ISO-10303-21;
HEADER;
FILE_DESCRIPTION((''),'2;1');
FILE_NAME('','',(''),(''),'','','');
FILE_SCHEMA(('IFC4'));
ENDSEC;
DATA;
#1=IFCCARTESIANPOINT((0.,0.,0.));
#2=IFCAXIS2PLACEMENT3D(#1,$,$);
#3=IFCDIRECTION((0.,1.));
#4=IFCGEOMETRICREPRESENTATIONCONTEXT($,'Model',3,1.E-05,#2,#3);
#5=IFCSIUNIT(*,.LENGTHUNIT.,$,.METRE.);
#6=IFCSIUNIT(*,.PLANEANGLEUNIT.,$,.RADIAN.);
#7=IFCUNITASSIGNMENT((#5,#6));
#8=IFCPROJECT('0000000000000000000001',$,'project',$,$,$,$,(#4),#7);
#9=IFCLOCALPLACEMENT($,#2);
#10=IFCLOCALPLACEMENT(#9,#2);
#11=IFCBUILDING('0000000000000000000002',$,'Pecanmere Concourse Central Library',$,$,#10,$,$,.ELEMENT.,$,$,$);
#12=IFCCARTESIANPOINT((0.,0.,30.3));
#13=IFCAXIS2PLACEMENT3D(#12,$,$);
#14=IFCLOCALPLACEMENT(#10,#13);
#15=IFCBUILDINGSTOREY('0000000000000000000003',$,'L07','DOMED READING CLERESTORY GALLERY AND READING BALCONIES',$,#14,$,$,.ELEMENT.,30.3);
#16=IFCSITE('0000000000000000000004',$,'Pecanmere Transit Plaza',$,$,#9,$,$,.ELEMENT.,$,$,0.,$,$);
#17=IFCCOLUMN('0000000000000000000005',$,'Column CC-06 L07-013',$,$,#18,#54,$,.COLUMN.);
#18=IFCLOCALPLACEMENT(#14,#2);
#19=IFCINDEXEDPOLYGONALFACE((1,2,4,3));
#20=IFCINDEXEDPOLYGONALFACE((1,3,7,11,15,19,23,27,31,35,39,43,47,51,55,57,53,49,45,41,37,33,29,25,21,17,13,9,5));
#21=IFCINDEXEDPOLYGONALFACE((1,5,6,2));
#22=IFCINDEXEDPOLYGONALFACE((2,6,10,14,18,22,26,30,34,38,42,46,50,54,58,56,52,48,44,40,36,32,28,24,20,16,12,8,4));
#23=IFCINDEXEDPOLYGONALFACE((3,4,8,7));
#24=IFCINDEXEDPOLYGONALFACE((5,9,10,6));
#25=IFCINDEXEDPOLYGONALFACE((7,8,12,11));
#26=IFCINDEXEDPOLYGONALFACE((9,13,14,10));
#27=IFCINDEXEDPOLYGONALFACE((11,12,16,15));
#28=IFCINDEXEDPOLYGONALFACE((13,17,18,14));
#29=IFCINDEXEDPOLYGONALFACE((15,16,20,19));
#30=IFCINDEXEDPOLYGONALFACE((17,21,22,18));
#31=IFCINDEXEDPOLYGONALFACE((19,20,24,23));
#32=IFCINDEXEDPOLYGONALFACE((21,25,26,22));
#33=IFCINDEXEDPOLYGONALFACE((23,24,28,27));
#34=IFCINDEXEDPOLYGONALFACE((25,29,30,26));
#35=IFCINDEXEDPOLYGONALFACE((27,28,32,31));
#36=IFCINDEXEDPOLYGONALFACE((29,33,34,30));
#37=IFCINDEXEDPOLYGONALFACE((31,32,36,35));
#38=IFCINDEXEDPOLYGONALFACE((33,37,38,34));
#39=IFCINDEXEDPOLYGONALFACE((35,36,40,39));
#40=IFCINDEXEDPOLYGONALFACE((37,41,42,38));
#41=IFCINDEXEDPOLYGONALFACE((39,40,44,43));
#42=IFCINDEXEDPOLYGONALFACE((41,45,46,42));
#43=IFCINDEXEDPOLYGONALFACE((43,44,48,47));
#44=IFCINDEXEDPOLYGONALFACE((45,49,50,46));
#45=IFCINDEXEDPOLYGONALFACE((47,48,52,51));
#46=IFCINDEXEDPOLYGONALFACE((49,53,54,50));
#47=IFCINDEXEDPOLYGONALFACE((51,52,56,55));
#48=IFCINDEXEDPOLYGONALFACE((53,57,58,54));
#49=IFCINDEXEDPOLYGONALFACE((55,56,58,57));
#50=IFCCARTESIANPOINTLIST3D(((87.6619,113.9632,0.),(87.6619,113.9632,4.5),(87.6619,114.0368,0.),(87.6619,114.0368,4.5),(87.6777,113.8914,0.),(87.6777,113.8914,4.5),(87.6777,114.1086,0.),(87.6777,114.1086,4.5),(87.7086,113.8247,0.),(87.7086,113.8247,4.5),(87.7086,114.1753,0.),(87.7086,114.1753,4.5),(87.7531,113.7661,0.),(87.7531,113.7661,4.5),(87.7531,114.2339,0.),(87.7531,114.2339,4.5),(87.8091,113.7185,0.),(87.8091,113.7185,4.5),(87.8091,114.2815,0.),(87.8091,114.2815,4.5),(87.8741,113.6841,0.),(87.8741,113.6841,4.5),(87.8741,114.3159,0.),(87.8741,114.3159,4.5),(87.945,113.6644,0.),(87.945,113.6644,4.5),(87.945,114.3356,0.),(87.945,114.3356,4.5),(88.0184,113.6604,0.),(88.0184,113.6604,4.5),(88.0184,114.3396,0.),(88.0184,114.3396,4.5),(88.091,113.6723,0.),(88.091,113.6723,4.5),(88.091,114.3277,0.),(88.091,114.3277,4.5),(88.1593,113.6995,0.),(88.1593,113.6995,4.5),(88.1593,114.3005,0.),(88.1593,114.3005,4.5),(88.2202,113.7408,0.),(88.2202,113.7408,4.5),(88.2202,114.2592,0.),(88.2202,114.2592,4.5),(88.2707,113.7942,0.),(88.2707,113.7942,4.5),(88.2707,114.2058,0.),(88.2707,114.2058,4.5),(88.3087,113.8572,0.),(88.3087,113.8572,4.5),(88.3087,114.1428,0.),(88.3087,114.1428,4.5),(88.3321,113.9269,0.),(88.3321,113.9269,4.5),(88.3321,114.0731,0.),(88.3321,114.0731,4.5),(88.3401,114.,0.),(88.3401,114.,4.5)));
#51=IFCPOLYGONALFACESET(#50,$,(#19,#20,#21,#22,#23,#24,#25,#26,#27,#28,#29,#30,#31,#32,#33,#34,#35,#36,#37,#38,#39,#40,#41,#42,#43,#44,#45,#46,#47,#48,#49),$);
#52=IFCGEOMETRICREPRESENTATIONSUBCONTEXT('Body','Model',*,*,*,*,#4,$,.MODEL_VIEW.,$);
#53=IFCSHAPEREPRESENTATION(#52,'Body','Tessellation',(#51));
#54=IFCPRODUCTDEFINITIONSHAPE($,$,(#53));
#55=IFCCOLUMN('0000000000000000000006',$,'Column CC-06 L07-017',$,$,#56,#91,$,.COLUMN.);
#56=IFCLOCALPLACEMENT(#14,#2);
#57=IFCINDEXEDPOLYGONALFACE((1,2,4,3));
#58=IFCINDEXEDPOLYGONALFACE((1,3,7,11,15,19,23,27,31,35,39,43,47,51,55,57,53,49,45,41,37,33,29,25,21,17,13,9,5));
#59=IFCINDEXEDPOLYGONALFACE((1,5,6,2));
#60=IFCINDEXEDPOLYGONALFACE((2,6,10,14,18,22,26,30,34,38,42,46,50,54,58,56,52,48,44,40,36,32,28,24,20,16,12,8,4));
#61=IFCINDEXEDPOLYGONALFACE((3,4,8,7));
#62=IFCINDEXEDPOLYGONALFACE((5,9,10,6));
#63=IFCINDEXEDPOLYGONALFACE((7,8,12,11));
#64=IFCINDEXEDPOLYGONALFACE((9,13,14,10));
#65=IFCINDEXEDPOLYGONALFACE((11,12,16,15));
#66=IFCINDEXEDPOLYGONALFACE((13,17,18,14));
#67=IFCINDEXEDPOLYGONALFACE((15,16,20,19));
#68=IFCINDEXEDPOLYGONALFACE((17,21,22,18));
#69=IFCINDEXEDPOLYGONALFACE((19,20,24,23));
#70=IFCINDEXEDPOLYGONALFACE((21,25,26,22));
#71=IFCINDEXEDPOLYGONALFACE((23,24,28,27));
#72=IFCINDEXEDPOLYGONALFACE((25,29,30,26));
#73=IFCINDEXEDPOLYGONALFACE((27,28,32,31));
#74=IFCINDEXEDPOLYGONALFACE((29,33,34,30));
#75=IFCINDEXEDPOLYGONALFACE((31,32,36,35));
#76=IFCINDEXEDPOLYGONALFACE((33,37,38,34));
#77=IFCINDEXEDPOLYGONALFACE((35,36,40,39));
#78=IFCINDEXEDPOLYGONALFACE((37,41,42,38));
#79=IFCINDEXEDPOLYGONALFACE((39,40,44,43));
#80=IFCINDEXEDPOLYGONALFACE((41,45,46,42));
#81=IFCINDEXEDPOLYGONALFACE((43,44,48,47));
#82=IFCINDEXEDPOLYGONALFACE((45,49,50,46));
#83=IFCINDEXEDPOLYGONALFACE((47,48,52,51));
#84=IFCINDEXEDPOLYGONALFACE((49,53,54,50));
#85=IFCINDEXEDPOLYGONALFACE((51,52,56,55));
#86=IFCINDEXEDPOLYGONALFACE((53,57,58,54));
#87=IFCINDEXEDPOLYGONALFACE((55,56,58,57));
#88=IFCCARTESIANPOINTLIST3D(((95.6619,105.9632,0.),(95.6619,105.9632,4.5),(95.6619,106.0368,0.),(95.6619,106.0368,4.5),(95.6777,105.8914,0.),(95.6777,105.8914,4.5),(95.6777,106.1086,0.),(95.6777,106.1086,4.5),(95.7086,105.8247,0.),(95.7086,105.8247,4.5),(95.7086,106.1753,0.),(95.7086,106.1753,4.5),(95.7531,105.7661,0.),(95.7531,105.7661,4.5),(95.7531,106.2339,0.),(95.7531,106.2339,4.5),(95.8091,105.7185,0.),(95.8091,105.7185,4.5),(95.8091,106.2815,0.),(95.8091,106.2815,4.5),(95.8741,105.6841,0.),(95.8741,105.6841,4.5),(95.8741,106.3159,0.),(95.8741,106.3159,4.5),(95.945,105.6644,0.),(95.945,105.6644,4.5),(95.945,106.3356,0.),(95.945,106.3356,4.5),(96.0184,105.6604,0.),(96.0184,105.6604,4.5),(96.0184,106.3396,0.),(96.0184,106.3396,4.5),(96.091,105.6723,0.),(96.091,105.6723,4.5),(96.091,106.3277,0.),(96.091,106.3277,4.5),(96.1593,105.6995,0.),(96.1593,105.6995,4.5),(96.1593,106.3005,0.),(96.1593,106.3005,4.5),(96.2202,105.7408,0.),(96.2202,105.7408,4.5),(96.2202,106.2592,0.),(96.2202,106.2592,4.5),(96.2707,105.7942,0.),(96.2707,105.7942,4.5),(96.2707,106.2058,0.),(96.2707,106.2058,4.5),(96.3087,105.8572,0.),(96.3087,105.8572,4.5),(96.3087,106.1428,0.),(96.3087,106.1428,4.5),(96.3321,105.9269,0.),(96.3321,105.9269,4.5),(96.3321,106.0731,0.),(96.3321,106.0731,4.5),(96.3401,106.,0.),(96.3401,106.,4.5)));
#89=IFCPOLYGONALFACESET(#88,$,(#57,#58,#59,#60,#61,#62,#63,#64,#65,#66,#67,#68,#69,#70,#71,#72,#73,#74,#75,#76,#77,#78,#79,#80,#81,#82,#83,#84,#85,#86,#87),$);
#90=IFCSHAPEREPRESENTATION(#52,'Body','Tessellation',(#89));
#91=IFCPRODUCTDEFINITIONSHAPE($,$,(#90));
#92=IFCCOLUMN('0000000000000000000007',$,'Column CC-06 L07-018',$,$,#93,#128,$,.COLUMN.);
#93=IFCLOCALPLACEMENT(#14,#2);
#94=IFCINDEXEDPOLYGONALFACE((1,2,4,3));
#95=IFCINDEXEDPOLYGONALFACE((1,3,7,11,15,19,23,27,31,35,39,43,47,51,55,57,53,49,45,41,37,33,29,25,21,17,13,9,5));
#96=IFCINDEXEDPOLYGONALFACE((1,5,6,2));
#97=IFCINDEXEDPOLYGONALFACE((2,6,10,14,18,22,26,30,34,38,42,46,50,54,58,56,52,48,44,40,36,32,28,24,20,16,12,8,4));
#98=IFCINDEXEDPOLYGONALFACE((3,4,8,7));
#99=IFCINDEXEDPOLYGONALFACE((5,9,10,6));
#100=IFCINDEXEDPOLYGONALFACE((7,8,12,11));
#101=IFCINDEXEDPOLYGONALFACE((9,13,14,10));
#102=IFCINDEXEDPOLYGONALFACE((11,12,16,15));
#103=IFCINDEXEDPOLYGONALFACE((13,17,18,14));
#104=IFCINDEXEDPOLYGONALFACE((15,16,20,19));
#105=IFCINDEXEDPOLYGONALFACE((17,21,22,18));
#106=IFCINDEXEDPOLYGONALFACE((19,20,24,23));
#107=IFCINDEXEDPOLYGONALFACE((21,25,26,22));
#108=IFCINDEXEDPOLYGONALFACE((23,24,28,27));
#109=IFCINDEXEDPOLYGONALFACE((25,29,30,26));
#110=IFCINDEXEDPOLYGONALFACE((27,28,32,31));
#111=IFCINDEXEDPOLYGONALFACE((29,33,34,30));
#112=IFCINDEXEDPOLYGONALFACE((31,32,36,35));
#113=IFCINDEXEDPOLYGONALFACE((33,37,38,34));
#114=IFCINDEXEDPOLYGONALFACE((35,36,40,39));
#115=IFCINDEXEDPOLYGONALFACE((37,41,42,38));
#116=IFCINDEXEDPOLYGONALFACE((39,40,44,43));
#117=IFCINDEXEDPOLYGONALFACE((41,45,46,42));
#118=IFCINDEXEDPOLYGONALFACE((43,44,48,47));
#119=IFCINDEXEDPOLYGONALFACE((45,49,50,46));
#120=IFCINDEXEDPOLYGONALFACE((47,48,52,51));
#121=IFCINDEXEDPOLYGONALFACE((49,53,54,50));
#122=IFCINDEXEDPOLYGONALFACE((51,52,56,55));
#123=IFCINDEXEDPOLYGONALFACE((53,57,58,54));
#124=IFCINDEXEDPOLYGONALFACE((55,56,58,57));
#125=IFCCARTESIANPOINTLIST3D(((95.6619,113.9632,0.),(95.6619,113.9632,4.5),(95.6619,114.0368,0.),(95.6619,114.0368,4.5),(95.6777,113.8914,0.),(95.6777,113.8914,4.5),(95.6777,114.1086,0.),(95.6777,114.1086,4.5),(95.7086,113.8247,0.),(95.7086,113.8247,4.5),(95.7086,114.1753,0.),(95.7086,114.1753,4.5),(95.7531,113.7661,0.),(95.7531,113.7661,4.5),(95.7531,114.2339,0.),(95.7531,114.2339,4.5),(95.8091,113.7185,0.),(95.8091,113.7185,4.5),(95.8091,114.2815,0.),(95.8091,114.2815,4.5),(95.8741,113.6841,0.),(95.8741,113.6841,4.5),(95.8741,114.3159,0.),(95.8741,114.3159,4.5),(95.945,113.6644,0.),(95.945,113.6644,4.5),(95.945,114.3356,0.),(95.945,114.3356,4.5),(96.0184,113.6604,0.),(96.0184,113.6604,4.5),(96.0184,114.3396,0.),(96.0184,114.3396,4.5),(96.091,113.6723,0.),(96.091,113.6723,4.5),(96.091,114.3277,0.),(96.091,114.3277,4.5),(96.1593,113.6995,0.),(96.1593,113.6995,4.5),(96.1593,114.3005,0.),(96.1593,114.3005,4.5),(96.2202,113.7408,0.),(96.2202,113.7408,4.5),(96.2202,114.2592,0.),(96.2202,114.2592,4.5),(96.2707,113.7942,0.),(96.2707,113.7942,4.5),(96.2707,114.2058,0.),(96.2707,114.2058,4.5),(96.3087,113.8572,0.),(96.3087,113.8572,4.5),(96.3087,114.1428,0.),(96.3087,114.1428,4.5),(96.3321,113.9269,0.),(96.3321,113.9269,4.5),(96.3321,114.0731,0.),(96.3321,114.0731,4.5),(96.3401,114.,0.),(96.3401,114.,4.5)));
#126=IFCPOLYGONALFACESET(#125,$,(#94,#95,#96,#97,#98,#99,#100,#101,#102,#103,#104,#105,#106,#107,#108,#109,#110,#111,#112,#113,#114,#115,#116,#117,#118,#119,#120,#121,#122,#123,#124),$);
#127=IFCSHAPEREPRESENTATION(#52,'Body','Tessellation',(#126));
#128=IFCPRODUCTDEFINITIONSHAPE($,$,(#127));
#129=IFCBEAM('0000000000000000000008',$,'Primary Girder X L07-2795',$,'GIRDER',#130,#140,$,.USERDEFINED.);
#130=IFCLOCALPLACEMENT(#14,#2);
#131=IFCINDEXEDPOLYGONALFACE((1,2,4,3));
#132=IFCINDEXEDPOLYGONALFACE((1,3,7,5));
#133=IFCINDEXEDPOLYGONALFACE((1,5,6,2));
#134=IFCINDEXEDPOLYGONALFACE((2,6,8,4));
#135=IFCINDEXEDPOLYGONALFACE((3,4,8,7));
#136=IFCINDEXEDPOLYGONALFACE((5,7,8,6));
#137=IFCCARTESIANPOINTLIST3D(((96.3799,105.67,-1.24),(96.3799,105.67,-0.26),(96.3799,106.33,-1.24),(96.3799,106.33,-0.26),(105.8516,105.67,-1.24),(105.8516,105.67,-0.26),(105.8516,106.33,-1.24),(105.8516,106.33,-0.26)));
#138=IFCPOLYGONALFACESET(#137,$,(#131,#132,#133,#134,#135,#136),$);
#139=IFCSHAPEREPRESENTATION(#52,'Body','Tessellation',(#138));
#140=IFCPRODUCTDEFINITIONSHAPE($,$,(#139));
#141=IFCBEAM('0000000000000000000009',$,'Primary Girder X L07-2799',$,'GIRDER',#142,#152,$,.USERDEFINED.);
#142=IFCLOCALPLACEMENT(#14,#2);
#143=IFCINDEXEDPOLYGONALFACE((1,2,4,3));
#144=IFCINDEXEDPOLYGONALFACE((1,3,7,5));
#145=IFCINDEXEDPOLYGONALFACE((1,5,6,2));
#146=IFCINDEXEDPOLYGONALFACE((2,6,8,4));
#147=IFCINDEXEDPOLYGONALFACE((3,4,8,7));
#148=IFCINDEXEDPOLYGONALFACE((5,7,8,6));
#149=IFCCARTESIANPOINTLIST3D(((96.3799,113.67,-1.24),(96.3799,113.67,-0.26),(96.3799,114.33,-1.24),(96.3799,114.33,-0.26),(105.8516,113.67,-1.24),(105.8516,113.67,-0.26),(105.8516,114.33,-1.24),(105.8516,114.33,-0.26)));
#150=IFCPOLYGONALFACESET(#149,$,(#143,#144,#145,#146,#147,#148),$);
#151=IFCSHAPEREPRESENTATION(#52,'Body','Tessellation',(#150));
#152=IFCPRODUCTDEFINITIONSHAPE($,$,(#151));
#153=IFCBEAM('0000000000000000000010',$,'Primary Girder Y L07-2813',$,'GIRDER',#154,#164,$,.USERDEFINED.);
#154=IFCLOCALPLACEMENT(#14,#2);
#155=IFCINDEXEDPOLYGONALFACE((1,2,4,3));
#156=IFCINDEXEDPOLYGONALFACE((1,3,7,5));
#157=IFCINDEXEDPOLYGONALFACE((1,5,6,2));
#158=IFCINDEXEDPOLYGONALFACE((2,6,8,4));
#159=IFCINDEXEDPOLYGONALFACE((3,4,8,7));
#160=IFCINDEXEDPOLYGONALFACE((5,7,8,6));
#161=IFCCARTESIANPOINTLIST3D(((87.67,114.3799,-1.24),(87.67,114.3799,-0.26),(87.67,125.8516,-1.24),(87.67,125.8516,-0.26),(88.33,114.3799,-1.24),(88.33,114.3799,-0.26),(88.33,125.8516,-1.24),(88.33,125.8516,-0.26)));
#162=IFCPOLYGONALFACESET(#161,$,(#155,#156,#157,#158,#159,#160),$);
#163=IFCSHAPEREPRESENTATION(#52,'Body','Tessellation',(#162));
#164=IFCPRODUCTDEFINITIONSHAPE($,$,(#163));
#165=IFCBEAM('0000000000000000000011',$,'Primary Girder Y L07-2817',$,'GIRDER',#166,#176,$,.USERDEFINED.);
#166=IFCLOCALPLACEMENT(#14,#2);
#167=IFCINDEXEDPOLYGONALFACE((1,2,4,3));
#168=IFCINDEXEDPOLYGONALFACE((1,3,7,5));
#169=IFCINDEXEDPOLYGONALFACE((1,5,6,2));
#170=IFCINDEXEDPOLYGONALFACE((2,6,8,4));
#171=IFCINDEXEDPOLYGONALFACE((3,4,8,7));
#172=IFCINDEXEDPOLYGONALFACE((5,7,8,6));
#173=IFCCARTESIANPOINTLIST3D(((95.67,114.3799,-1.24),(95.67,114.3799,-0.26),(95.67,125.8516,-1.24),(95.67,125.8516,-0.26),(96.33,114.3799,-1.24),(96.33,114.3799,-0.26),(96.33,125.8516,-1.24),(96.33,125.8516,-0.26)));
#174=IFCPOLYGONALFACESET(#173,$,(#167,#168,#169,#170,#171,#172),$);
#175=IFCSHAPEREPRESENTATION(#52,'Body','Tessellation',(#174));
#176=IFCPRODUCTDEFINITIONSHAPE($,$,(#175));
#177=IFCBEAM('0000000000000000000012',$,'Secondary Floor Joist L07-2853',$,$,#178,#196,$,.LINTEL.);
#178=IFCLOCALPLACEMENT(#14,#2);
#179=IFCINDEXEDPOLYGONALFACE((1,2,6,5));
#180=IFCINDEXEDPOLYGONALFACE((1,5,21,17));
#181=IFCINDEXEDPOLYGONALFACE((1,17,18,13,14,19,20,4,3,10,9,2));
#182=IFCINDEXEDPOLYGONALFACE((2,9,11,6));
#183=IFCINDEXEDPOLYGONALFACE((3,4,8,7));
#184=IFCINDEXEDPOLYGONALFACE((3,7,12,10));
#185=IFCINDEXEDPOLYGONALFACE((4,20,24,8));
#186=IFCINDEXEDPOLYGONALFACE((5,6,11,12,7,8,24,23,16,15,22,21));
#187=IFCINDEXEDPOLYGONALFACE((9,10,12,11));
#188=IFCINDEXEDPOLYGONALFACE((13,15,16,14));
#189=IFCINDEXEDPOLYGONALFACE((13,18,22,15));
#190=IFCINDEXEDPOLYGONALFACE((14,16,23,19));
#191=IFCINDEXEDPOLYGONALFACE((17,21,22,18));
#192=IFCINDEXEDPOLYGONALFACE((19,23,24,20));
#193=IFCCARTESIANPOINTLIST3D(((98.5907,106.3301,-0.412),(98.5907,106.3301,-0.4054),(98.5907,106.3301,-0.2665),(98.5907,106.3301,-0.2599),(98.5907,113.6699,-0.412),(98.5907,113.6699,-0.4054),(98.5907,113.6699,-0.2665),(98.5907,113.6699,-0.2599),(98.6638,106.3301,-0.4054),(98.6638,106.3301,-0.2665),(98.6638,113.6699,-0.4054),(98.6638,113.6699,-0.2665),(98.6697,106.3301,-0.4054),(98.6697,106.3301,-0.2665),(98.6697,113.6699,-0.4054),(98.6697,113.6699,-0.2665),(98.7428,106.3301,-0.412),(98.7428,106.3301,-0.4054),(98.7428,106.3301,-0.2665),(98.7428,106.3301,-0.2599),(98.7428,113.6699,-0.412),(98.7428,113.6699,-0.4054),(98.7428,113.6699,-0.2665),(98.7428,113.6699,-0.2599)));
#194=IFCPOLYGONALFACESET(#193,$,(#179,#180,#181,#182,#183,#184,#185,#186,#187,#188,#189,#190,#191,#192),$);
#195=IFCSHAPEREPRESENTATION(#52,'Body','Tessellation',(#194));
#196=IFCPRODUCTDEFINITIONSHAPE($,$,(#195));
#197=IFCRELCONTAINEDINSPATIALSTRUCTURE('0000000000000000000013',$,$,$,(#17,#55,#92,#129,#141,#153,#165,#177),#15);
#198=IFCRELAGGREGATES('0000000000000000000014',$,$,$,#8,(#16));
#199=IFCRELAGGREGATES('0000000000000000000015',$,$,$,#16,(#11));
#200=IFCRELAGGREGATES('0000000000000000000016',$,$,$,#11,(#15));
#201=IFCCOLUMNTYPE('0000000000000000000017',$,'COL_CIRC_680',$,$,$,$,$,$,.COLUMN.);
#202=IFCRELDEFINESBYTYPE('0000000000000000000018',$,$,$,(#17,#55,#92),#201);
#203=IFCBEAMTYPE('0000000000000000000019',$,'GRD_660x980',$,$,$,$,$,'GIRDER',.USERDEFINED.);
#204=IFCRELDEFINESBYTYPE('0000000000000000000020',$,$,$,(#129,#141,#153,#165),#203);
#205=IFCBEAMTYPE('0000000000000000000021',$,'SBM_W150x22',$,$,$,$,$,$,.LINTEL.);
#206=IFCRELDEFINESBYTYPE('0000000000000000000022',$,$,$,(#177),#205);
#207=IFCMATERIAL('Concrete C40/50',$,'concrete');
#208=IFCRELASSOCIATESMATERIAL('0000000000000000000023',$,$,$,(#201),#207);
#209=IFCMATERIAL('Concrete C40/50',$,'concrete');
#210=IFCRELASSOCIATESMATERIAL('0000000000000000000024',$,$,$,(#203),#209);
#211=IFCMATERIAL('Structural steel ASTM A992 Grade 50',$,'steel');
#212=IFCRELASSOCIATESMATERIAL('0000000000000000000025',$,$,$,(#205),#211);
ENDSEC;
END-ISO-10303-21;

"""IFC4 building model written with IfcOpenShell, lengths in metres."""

from ifc_helpers import new_model, si_unit, direction, frame, origin, origin_2d, place, context, subcontext, project, spatial, rectangle, circle, i_section, extrude, material, material_profile, profile_set, type_object, element, save


model = new_model("IFC4")

# Units and contexts
model_context = context("Model", 3, precision=1e-05, world=origin(), true_north=direction((0.0, 1.0)))
body_context = subcontext(model_context, "Body", "Model", "MODEL_VIEW")
ifc_project = project(units=[si_unit("LENGTHUNIT", "METRE"), si_unit("PLANEANGLEUNIT", "RADIAN")], contexts=[model_context])

# Site, building, storey
site_placement = place(None, origin())
site = spatial("IfcSite", under=ifc_project, at=site_placement, Name="Pecanmere Transit Plaza", CompositionType="ELEMENT", RefElevation=0.0)
building_placement = place(site_placement, origin())
building = spatial("IfcBuilding", under=site, at=building_placement, Name="Pecanmere Concourse Central Library", CompositionType="ELEMENT")
storey_placement = place(building_placement, frame((0.0, 0.0, 30.3)))
storey = spatial("IfcBuildingStorey", under=building, at=storey_placement, Name="L07", Description="DOMED READING CLERESTORY GALLERY AND READING BALCONIES", CompositionType="ELEMENT", Elevation=30.3)

# Columns
ifc_material_1 = material(Name="Concrete C40/50", Category="concrete")
ifc_material_profile_1 = material_profile(ifc_material_1, circle(Radius=0.3401, at=origin_2d()), Name="RC D680")
ifc_profile_set_1 = profile_set([ifc_material_profile_1], Name="Concrete C40/50")
column_type = type_object("IfcColumnType", Name="COL_CIRC_680", PredefinedType="COLUMN", material=ifc_profile_set_1)
for number, where, z_axis, x_axis, name in (
    (1, (88.0, 114.0, 0.0), (0.0, 0.0, 1.0), (1.0, 0.0, 0.0), "Column CC-06 L07-013"),
    (2, (96.0, 106.0, 0.0), (0.0, 0.0, 1.0), (1.0, 0.0, 0.0), "Column CC-06 L07-017"),
    (3, (96.0, 114.0, 0.0), (0.0, 0.0, 1.0), (1.0, 0.0, 0.0), "Column CC-06 L07-018"),
):
    element("IfcColumn", number, at=place(storey_placement, frame(where, z_axis=z_axis, x_axis=x_axis)), inside=storey, type_object=column_type, Name=name, PredefinedType="COLUMN", context=body_context, shape_type="SweptSolid", body=[
        extrude(circle(Radius=0.3401, at=origin_2d()), origin(), (0.0, 0.0, 1.0), 4.5),
    ])

# Beams
ifc_material_2 = material(Name="Concrete C40/50", Category="concrete")
ifc_material_profile_2 = material_profile(ifc_material_2, rectangle(XDim=0.6599, YDim=0.98, at=origin_2d()), Name="RC 660x980")
ifc_profile_set_2 = profile_set([ifc_material_profile_2], Name="Concrete C40/50")
beam_type_1 = type_object("IfcBeamType", Name="GRD_660x980", ElementType="GIRDER", PredefinedType="USERDEFINED", material=ifc_profile_set_2)
for number, where, z_axis, x_axis, name in (
    (4, (96.3799, 106.0, -0.75), (1.0, 0.0, 0.0), (0.0, 1.0, 0.0), "Primary Girder X L07-2795"),
    (5, (96.3799, 114.0, -0.75), (1.0, 0.0, 0.0), (0.0, 1.0, 0.0), "Primary Girder X L07-2799"),
):
    element("IfcBeam", number, at=place(storey_placement, frame(where, z_axis=z_axis, x_axis=x_axis)), inside=storey, type_object=beam_type_1, Name=name, ObjectType="GIRDER", PredefinedType="USERDEFINED", context=body_context, shape_type="SweptSolid", body=[
        extrude(rectangle(XDim=0.6599, YDim=0.98, at=origin_2d()), origin(), (0.0, 0.0, 1.0), 9.4717),
    ])
for number, where, z_axis, x_axis, name in (
    (6, (88.0, 114.3799, -0.75), (0.0, 1.0, 0.0), (-1.0, 0.0, 0.0), "Primary Girder Y L07-2813"),
    (7, (96.0, 114.3799, -0.75), (0.0, 1.0, 0.0), (-1.0, 0.0, 0.0), "Primary Girder Y L07-2817"),
):
    element("IfcBeam", number, at=place(storey_placement, frame(where, z_axis=z_axis, x_axis=x_axis)), inside=storey, type_object=beam_type_1, Name=name, ObjectType="GIRDER", PredefinedType="USERDEFINED", context=body_context, shape_type="SweptSolid", body=[
        extrude(rectangle(XDim=0.6599, YDim=0.98, at=origin_2d()), origin(), (0.0, 0.0, 1.0), 11.4717),
    ])
ifc_material_3 = material(Name="Structural steel ASTM A992 Grade 50", Category="steel")
ifc_material_profile_3 = material_profile(ifc_material_3, i_section(OverallWidth=0.1521, OverallDepth=0.1521, WebThickness=0.0059, FlangeThickness=0.0066, at=origin_2d()), Name="W150x22.5")
ifc_profile_set_3 = profile_set([ifc_material_profile_3], Name="Structural steel ASTM A992 Grade 50")
beam_type_2 = type_object("IfcBeamType", Name="SBM_W150x22", PredefinedType="LINTEL", material=ifc_profile_set_3)
beam_1_placement = place(storey_placement, frame((98.6667, 106.3301, -0.3359), z_axis=(0.0, 1.0, 0.0), x_axis=(-1.0, 0.0, 0.0)))
element("IfcBeam", 8, at=beam_1_placement, inside=storey, type_object=beam_type_2, Name="Secondary Floor Joist L07-2853", PredefinedType="LINTEL", context=body_context, shape_type="SweptSolid", body=[
    extrude(i_section(OverallWidth=0.1521, OverallDepth=0.1521, WebThickness=0.0059, FlangeThickness=0.0066, at=origin_2d()), origin(), (0.0, 0.0, 1.0), 7.3398),
])

save(model, "model.ifc")
